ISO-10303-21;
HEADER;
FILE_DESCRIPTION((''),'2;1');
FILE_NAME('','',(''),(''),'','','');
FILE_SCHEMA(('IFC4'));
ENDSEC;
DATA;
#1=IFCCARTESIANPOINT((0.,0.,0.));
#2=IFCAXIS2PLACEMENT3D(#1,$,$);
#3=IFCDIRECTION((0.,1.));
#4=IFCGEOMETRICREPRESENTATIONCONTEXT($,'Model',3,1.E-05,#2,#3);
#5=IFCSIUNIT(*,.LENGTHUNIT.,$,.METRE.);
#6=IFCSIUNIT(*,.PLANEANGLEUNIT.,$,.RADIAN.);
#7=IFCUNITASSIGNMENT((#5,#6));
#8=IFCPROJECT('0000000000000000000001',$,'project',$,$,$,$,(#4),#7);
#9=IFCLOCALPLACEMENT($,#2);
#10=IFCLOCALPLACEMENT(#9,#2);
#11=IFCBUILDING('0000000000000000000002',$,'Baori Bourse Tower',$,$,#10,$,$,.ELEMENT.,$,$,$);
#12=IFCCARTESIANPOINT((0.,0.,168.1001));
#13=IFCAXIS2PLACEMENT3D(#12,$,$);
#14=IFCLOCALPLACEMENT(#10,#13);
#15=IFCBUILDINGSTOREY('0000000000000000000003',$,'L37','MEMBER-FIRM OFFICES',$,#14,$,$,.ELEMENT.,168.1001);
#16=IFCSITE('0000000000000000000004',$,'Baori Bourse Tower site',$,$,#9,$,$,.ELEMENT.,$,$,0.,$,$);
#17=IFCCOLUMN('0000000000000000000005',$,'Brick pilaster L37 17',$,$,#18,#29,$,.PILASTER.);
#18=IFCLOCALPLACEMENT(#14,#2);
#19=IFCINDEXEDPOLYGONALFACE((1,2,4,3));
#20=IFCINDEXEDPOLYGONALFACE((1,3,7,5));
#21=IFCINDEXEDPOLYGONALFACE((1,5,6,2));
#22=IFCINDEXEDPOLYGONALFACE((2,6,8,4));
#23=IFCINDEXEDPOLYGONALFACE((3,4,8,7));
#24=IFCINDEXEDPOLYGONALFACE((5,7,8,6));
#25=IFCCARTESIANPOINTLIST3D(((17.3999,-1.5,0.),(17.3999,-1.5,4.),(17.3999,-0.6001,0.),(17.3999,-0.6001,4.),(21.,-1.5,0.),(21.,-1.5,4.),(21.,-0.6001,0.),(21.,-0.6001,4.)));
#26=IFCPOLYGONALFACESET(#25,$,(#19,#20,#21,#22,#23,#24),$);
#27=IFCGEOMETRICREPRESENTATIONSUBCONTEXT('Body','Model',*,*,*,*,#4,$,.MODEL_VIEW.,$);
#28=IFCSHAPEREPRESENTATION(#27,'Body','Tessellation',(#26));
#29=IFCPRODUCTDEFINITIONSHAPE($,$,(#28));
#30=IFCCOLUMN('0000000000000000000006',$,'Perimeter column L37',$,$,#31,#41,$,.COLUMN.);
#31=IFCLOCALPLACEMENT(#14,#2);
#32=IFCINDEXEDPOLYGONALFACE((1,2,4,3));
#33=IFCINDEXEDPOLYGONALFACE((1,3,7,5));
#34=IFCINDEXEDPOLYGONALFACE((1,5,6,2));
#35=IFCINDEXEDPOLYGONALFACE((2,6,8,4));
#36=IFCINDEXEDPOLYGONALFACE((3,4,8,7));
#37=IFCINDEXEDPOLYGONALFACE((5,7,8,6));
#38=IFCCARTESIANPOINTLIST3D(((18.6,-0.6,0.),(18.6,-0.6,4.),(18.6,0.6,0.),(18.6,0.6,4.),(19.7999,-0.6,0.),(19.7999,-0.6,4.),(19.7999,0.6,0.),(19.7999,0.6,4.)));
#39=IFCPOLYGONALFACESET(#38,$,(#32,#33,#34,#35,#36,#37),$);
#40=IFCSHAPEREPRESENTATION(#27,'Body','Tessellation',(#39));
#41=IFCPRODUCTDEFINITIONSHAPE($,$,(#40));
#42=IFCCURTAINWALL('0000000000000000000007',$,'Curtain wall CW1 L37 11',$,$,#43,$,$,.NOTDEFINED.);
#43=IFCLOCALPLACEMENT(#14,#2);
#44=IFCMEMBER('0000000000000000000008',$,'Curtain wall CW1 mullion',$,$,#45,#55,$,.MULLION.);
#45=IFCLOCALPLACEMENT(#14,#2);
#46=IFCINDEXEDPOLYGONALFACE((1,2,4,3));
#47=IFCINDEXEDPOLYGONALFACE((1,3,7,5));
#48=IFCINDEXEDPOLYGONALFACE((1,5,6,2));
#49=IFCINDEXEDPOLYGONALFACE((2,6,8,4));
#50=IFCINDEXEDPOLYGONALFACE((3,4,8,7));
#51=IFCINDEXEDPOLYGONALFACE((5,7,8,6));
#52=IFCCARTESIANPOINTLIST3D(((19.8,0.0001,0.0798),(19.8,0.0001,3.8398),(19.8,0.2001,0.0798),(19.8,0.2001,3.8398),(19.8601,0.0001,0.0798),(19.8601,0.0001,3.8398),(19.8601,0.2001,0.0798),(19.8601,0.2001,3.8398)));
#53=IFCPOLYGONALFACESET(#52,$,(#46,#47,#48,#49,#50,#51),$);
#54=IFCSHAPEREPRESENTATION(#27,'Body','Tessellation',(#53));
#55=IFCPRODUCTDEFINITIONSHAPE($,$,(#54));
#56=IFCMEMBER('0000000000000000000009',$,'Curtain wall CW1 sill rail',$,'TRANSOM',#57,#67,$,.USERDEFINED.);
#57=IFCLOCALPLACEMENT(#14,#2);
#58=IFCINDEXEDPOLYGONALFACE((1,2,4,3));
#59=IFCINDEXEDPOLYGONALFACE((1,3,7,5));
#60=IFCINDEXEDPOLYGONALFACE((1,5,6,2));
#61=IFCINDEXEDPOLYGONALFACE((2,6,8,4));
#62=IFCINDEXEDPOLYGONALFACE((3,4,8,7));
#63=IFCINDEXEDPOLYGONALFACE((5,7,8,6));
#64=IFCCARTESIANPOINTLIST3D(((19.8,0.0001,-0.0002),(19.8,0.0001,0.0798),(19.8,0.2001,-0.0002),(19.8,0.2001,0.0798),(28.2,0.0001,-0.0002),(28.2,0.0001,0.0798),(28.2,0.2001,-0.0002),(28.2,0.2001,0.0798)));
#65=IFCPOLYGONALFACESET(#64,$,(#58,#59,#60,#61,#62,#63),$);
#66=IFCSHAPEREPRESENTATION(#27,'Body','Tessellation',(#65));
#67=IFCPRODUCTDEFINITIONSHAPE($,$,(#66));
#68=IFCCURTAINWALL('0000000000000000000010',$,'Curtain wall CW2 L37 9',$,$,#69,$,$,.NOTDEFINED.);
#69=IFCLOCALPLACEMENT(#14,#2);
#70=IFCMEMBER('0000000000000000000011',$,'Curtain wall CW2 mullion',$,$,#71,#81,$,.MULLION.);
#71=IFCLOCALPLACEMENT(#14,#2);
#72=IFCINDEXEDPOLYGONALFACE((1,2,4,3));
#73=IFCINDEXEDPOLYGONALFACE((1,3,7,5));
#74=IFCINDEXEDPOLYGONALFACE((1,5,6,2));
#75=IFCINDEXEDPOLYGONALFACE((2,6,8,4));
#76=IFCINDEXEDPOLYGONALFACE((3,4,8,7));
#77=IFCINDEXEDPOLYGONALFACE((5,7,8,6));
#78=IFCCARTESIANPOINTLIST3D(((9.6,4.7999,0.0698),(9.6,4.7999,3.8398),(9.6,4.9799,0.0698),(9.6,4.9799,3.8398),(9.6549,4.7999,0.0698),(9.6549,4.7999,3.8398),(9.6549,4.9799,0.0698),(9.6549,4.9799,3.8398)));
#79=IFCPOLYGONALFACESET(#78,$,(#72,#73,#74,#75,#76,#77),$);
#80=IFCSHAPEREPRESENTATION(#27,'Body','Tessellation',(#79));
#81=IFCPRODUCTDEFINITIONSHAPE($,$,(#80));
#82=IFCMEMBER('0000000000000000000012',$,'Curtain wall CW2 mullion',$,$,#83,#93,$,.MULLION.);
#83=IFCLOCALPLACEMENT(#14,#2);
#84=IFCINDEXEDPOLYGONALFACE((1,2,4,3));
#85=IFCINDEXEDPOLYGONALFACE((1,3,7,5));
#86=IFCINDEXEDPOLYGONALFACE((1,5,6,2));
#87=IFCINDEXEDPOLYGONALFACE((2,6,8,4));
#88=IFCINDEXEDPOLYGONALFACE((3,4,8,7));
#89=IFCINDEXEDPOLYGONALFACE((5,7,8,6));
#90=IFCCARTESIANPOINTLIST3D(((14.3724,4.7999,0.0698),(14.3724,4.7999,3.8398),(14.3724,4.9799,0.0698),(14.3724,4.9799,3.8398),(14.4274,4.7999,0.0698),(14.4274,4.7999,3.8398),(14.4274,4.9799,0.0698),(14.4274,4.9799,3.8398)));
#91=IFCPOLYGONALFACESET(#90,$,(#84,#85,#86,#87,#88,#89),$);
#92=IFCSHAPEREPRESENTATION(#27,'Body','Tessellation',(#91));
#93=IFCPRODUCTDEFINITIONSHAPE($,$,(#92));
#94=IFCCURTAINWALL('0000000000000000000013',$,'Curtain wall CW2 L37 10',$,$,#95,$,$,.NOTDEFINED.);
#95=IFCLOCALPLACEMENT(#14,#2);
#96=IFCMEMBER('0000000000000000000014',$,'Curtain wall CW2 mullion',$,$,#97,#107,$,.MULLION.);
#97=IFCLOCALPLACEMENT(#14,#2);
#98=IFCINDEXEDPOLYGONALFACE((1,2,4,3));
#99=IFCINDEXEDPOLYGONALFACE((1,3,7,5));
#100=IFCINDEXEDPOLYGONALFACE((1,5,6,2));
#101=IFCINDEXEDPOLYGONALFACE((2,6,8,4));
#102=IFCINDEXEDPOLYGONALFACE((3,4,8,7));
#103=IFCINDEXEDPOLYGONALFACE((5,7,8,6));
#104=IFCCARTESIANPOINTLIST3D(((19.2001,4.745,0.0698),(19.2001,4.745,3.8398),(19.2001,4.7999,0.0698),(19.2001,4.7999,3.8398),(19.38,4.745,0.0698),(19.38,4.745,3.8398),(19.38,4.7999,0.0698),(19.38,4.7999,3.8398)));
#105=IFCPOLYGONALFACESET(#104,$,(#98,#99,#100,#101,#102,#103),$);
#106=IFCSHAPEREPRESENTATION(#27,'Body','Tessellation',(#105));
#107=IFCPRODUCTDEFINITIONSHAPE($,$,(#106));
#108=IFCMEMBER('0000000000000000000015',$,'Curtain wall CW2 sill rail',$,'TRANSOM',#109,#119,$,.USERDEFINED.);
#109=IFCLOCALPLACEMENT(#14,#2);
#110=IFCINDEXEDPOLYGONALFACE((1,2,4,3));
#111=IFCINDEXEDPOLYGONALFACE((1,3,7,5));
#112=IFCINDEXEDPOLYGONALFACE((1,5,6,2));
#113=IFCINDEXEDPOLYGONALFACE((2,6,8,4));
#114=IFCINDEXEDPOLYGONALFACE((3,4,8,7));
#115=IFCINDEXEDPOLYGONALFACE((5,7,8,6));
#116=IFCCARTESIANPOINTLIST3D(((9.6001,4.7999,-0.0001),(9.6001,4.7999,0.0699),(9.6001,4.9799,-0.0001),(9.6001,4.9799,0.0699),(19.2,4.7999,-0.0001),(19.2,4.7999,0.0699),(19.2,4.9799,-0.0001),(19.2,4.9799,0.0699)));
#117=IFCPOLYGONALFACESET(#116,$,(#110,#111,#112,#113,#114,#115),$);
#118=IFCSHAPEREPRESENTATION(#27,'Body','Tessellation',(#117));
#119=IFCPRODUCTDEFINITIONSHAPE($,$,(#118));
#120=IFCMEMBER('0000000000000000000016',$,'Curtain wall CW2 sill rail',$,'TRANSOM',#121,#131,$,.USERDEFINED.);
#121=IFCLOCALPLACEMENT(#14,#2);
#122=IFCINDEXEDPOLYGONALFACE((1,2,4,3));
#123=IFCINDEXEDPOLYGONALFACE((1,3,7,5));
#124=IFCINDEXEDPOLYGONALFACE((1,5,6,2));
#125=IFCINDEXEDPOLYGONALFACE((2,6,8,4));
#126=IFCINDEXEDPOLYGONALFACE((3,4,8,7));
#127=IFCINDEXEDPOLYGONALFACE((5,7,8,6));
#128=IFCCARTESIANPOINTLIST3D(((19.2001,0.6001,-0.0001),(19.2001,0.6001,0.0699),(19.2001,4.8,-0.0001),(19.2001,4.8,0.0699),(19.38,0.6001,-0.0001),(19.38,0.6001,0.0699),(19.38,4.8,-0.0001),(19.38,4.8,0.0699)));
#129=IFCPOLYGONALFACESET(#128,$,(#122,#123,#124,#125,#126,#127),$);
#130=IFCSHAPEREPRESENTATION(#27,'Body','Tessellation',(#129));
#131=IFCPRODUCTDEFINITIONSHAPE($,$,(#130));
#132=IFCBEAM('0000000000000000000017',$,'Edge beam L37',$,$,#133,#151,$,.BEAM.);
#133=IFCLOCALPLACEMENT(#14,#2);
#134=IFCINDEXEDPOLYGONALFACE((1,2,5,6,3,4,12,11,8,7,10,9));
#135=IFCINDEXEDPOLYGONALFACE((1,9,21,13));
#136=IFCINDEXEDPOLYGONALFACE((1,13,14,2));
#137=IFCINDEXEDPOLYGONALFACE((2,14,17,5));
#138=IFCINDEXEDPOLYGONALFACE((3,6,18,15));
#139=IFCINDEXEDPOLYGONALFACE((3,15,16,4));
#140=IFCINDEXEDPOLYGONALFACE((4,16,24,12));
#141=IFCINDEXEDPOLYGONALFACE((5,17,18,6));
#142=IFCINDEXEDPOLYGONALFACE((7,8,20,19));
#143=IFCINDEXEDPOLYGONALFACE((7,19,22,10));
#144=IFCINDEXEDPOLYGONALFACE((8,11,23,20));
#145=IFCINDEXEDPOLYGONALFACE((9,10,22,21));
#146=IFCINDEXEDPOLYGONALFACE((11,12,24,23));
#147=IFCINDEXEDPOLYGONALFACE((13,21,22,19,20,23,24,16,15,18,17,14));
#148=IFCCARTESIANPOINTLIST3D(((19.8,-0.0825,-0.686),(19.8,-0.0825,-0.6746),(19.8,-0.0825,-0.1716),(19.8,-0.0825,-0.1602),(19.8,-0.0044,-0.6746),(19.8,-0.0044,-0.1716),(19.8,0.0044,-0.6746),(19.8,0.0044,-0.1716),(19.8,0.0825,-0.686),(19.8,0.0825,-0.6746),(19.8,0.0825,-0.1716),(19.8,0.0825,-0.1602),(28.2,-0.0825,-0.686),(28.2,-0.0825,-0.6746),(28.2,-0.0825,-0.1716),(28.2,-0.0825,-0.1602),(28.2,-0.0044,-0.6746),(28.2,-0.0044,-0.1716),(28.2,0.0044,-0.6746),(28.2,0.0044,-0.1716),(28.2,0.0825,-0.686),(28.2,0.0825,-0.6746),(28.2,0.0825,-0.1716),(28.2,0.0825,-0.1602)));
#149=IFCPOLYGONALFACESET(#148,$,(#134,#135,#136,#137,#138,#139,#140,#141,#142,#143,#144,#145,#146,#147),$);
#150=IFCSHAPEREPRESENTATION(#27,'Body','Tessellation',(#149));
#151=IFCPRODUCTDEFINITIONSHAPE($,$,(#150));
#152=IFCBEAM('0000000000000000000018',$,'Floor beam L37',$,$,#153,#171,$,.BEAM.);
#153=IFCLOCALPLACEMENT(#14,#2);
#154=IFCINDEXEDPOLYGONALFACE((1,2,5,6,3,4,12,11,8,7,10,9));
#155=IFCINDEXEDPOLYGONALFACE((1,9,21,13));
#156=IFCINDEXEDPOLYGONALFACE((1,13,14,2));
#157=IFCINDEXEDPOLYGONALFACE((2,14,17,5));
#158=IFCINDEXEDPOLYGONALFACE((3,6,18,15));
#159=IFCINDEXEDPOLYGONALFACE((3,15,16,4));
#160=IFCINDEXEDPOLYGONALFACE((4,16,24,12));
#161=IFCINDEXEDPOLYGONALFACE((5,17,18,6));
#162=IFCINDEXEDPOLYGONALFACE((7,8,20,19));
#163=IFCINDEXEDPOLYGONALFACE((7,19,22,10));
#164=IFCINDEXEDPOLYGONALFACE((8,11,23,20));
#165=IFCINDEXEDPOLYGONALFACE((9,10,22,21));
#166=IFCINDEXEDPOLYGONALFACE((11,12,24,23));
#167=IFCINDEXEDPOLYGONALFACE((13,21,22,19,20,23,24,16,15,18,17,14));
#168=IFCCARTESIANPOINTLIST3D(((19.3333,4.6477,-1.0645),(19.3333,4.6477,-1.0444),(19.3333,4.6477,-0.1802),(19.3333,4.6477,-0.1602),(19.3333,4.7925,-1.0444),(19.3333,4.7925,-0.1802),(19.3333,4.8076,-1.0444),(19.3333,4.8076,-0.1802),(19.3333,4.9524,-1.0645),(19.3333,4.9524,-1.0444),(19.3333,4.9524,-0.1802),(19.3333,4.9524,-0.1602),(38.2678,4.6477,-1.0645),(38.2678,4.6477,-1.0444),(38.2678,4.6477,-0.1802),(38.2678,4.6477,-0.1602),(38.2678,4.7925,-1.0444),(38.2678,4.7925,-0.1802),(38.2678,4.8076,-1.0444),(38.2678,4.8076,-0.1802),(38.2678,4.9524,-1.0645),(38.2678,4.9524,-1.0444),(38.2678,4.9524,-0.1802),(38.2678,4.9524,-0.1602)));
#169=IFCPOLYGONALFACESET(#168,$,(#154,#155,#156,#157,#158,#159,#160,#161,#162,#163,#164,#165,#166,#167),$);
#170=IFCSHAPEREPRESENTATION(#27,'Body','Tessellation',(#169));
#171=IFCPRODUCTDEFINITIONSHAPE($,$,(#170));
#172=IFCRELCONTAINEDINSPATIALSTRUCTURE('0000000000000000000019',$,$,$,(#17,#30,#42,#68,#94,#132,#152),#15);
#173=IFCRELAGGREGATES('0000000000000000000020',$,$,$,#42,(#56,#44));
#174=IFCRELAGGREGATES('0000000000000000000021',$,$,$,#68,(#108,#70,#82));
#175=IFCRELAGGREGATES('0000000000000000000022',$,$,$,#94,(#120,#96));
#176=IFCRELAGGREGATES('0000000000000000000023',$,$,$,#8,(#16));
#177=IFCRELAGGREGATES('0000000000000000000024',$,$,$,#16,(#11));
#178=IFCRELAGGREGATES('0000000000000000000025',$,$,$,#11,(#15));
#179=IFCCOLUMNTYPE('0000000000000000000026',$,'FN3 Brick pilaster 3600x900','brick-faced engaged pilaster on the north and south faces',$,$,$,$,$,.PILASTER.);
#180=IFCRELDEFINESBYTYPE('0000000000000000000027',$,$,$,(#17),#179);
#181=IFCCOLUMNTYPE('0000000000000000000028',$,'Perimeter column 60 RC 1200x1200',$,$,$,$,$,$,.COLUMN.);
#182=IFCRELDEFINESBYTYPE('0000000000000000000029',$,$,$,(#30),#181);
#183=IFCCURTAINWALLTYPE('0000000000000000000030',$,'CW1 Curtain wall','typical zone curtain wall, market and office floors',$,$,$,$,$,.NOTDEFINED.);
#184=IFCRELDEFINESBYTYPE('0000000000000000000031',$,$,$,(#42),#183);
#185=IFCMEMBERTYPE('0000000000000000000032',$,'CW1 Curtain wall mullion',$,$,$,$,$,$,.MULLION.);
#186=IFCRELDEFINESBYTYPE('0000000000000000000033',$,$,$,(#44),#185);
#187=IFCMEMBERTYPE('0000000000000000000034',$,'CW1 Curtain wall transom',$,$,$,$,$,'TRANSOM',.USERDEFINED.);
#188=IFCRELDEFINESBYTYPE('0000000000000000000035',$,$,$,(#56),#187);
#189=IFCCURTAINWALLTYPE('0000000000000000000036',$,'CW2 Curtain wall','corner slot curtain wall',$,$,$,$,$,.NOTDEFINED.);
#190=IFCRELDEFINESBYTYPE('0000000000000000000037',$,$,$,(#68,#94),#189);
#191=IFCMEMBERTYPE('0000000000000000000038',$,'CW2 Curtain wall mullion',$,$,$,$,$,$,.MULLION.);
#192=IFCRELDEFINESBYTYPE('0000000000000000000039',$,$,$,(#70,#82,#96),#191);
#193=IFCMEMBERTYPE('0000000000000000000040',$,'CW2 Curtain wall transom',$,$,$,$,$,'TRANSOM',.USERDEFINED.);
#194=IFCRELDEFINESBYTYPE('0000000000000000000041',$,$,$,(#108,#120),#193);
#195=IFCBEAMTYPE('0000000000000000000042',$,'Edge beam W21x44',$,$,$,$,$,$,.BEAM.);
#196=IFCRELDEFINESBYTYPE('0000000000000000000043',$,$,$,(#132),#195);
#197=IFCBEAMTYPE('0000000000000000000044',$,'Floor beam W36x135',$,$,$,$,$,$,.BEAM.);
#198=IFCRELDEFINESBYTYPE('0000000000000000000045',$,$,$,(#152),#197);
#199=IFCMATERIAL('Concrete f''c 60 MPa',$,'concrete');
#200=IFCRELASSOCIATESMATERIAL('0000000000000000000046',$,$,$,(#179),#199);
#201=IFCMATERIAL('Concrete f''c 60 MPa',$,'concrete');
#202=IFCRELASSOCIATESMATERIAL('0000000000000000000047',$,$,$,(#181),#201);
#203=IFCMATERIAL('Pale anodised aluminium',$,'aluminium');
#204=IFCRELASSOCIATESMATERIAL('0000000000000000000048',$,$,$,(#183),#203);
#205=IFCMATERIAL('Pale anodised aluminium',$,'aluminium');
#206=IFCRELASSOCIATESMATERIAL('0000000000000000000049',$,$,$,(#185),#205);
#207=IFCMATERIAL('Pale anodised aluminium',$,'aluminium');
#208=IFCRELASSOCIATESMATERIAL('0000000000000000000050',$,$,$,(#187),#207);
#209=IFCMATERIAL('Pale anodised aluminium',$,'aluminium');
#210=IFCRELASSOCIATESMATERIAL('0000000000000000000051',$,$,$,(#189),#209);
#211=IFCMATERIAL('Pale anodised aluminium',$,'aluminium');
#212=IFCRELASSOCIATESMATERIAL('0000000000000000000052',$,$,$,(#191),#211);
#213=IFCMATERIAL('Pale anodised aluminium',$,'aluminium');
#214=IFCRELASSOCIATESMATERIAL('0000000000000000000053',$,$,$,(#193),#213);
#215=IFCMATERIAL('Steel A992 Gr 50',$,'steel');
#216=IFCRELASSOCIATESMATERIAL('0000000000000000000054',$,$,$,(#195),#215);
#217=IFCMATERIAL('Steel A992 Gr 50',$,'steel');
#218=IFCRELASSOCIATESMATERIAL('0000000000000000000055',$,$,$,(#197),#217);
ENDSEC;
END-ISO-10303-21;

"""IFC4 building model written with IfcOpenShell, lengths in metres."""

from ifc_helpers import new_model, si_unit, direction, frame, origin, origin_2d, place, context, subcontext, project, spatial, rectangle, i_section, extrude, material, material_profile, profile_set, type_object, element, aggregate, save


model = new_model("IFC4")

# Units and contexts
model_context = context("Model", 3, precision=1e-05, world=origin(), true_north=direction((0.0, 1.0)))
body_context = subcontext(model_context, "Body", "Model", "MODEL_VIEW")
ifc_project = project(units=[si_unit("LENGTHUNIT", "METRE"), si_unit("PLANEANGLEUNIT", "RADIAN")], contexts=[model_context])

# Site, building, storey
site_placement = place(None, origin())
site = spatial("IfcSite", under=ifc_project, at=site_placement, Name="Baori Bourse Tower site", CompositionType="ELEMENT", RefElevation=0.0)
building_placement = place(site_placement, origin())
building = spatial("IfcBuilding", under=site, at=building_placement, Name="Baori Bourse Tower", CompositionType="ELEMENT")
storey_placement = place(building_placement, frame((0.0, 0.0, 168.1001)))
storey = spatial("IfcBuildingStorey", under=building, at=storey_placement, Name="L37", Description="MEMBER-FIRM OFFICES", CompositionType="ELEMENT", Elevation=168.1001)

# Columns
ifc_material_1 = material(Name="Concrete f'c 60 MPa", Category="concrete")
ifc_material_profile_1 = material_profile(ifc_material_1, rectangle(XDim=3.6001, YDim=0.8999, at=origin_2d()), Name="RC 3600x900")
ifc_profile_set_1 = profile_set([ifc_material_profile_1], Name="Concrete f'c 60 MPa")
column_type_1 = type_object("IfcColumnType", Name="FN3 Brick pilaster 3600x900", Description="brick-faced engaged pilaster on the north and south faces", PredefinedType="PILASTER", material=ifc_profile_set_1)
column_1_placement = place(storey_placement, frame((19.2, -1.05, 0.0), z_axis=(0.0, 0.0, 1.0), x_axis=(1.0, 0.0, 0.0)))
element("IfcColumn", 1, at=column_1_placement, inside=storey, type_object=column_type_1, Name="Brick pilaster L37 17", PredefinedType="PILASTER", context=body_context, shape_type="SweptSolid", body=[
    extrude(rectangle(XDim=3.6001, YDim=0.8999, at=origin_2d()), origin(), (0.0, 0.0, 1.0), 4.0),
])
ifc_material_2 = material(Name="Concrete f'c 60 MPa", Category="concrete")
ifc_material_profile_2 = material_profile(ifc_material_2, rectangle(XDim=1.2, YDim=1.2, at=origin_2d()), Name="RC 1200x1200")
ifc_profile_set_2 = profile_set([ifc_material_profile_2], Name="Concrete f'c 60 MPa")
column_type_2 = type_object("IfcColumnType", Name="Perimeter column 60 RC 1200x1200", PredefinedType="COLUMN", material=ifc_profile_set_2)
column_2_placement = place(storey_placement, frame((19.2, 0.0, 0.0), z_axis=(0.0, 0.0, 1.0), x_axis=(1.0, 0.0, 0.0)))
element("IfcColumn", 2, at=column_2_placement, inside=storey, type_object=column_type_2, Name="Perimeter column L37", PredefinedType="COLUMN", context=body_context, shape_type="SweptSolid", body=[
    extrude(rectangle(XDim=1.2, YDim=1.2, at=origin_2d()), origin(), (0.0, 0.0, 1.0), 4.0),
])

# Curtain walls, members
ifc_material_3 = material(Name="Pale anodised aluminium", Category="aluminium")
curtain_wall_type_1 = type_object("IfcCurtainWallType", Name="CW1 Curtain wall", Description="typical zone curtain wall, market and office floors", PredefinedType="NOTDEFINED", material=ifc_material_3)
curtain_wall_1_placement = place(storey_placement, origin())
curtain_wall_1 = element("IfcCurtainWall", 3, at=curtain_wall_1_placement, inside=storey, type_object=curtain_wall_type_1, Name="Curtain wall CW1 L37 11", PredefinedType="NOTDEFINED")
ifc_material_4 = material(Name="Pale anodised aluminium", Category="aluminium")
ifc_material_profile_3 = material_profile(ifc_material_4, rectangle(XDim=0.2, YDim=0.0601, at=origin_2d()), Name="Mullion 60x200")
ifc_profile_set_3 = profile_set([ifc_material_profile_3], Name="Pale anodised aluminium")
member_type_1 = type_object("IfcMemberType", Name="CW1 Curtain wall mullion", PredefinedType="MULLION", material=ifc_profile_set_3)
member_1_placement = place(storey_placement, frame((19.8301, 0.1001, 0.0798), z_axis=(0.0, 0.0, 1.0), x_axis=(0.0, 1.0, 0.0)))
member_1 = element("IfcMember", 4, at=member_1_placement, type_object=member_type_1, Name="Curtain wall CW1 mullion", PredefinedType="MULLION", context=body_context, shape_type="SweptSolid", body=[
    extrude(rectangle(XDim=0.2, YDim=0.0601, at=origin_2d()), origin(), (0.0, 0.0, 1.0), 3.76),
])
ifc_material_5 = material(Name="Pale anodised aluminium", Category="aluminium")
ifc_material_profile_4 = material_profile(ifc_material_5, rectangle(XDim=0.2, YDim=0.0801, at=origin_2d()), Name="Transom 80x200")
ifc_profile_set_4 = profile_set([ifc_material_profile_4], Name="Pale anodised aluminium")
member_type_2 = type_object("IfcMemberType", Name="CW1 Curtain wall transom", ElementType="TRANSOM", PredefinedType="USERDEFINED", material=ifc_profile_set_4)
member_2_placement = place(storey_placement, frame((19.8, 0.1001, 0.0398), z_axis=(1.0, 0.0, 0.0), x_axis=(0.0, 1.0, 0.0)))
member_2 = element("IfcMember", 5, at=member_2_placement, type_object=member_type_2, Name="Curtain wall CW1 sill rail", ObjectType="TRANSOM", PredefinedType="USERDEFINED", context=body_context, shape_type="SweptSolid", body=[
    extrude(rectangle(XDim=0.2, YDim=0.0801, at=origin_2d()), origin(), (0.0, 0.0, 1.0), 8.3999),
])
aggregate(curtain_wall_1, [member_2, member_1])
ifc_material_6 = material(Name="Pale anodised aluminium", Category="aluminium")
curtain_wall_type_2 = type_object("IfcCurtainWallType", Name="CW2 Curtain wall", Description="corner slot curtain wall", PredefinedType="NOTDEFINED", material=ifc_material_6)
curtain_wall_2_placement = place(storey_placement, origin())
curtain_wall_2 = element("IfcCurtainWall", 6, at=curtain_wall_2_placement, inside=storey, type_object=curtain_wall_type_2, Name="Curtain wall CW2 L37 9", PredefinedType="NOTDEFINED")
ifc_material_7 = material(Name="Pale anodised aluminium", Category="aluminium")
ifc_material_profile_5 = material_profile(ifc_material_7, rectangle(XDim=0.1799, YDim=0.0549, at=origin_2d()), Name="Mullion 55x180")
ifc_profile_set_5 = profile_set([ifc_material_profile_5], Name="Pale anodised aluminium")
member_type_3 = type_object("IfcMemberType", Name="CW2 Curtain wall mullion", PredefinedType="MULLION", material=ifc_profile_set_5)
member_3_placement = place(storey_placement, frame((9.6274, 4.8899, 0.0698), z_axis=(0.0, 0.0, 1.0), x_axis=(0.0, 1.0, 0.0)))
member_3 = element("IfcMember", 7, at=member_3_placement, type_object=member_type_3, Name="Curtain wall CW2 mullion", PredefinedType="MULLION", context=body_context, shape_type="SweptSolid", body=[
    extrude(rectangle(XDim=0.1799, YDim=0.0549, at=origin_2d()), origin(), (0.0, 0.0, 1.0), 3.77),
])
member_4_placement = place(storey_placement, frame((14.3999, 4.8899, 0.0698), z_axis=(0.0, 0.0, 1.0), x_axis=(0.0, 1.0, 0.0)))
member_4 = element("IfcMember", 8, at=member_4_placement, type_object=member_type_3, Name="Curtain wall CW2 mullion", PredefinedType="MULLION", context=body_context, shape_type="SweptSolid", body=[
    extrude(rectangle(XDim=0.1799, YDim=0.0549, at=origin_2d()), origin(), (0.0, 0.0, 1.0), 3.77),
])

# Curtain wall, member
curtain_wall_3_placement = place(storey_placement, origin())
curtain_wall_3 = element("IfcCurtainWall", 9, at=curtain_wall_3_placement, inside=storey, type_object=curtain_wall_type_2, Name="Curtain wall CW2 L37 10", PredefinedType="NOTDEFINED")
member_5_placement = place(storey_placement, frame((19.29, 4.7725, 0.0698), z_axis=(0.0, 0.0, 1.0), x_axis=(1.0, 0.0, 0.0)))
member_5 = element("IfcMember", 10, at=member_5_placement, type_object=member_type_3, Name="Curtain wall CW2 mullion", PredefinedType="MULLION", context=body_context, shape_type="SweptSolid", body=[
    extrude(rectangle(XDim=0.1799, YDim=0.0549, at=origin_2d()), origin(), (0.0, 0.0, 1.0), 3.77),
])

# Members
ifc_material_8 = material(Name="Pale anodised aluminium", Category="aluminium")
ifc_material_profile_6 = material_profile(ifc_material_8, rectangle(XDim=0.1799, YDim=0.0701, at=origin_2d()), Name="Transom 70x180")
ifc_profile_set_6 = profile_set([ifc_material_profile_6], Name="Pale anodised aluminium")
member_type_4 = type_object("IfcMemberType", Name="CW2 Curtain wall transom", ElementType="TRANSOM", PredefinedType="USERDEFINED", material=ifc_profile_set_6)
member_6_placement = place(storey_placement, frame((9.6001, 4.8899, 0.0349), z_axis=(1.0, 0.0, 0.0), x_axis=(0.0, 1.0, 0.0)))
member_6 = element("IfcMember", 11, at=member_6_placement, type_object=member_type_4, Name="Curtain wall CW2 sill rail", ObjectType="TRANSOM", PredefinedType="USERDEFINED", context=body_context, shape_type="SweptSolid", body=[
    extrude(rectangle(XDim=0.1799, YDim=0.0701, at=origin_2d()), origin(), (0.0, 0.0, 1.0), 9.5999),
])
member_7_placement = place(storey_placement, frame((19.29, 4.8, 0.0349), z_axis=(0.0, -1.0, 0.0), x_axis=(1.0, 0.0, 0.0)))
member_7 = element("IfcMember", 12, at=member_7_placement, type_object=member_type_4, Name="Curtain wall CW2 sill rail", ObjectType="TRANSOM", PredefinedType="USERDEFINED", context=body_context, shape_type="SweptSolid", body=[
    extrude(rectangle(XDim=0.1799, YDim=0.0701, at=origin_2d()), origin(), (0.0, 0.0, 1.0), 4.2),
])

# Beams
ifc_material_9 = material(Name="Steel A992 Gr 50", Category="steel")
ifc_material_profile_7 = material_profile(ifc_material_9, i_section(OverallWidth=0.165, OverallDepth=0.5259, WebThickness=0.0088, FlangeThickness=0.0115, at=origin_2d()), Name="W21x44")
ifc_profile_set_7 = profile_set([ifc_material_profile_7], Name="Steel A992 Gr 50")
beam_type_1 = type_object("IfcBeamType", Name="Edge beam W21x44", PredefinedType="BEAM", material=ifc_profile_set_7)
beam_1_placement = place(storey_placement, frame((19.8, 0.0, -0.4231), z_axis=(1.0, 0.0, 0.0), x_axis=(0.0, 1.0, 0.0)))
element("IfcBeam", 13, at=beam_1_placement, inside=storey, type_object=beam_type_1, Name="Edge beam L37", PredefinedType="BEAM", context=body_context, shape_type="SweptSolid", body=[
    extrude(i_section(OverallWidth=0.165, OverallDepth=0.5259, WebThickness=0.0088, FlangeThickness=0.0115, at=origin_2d()), origin(), (0.0, 0.0, 1.0), 8.3999),
])
ifc_material_10 = material(Name="Steel A992 Gr 50", Category="steel")
ifc_material_profile_8 = material_profile(ifc_material_10, i_section(OverallWidth=0.3047, OverallDepth=0.9043, WebThickness=0.0151, FlangeThickness=0.02, at=origin_2d()), Name="W36x135")
ifc_profile_set_8 = profile_set([ifc_material_profile_8], Name="Steel A992 Gr 50")
beam_type_2 = type_object("IfcBeamType", Name="Floor beam W36x135", PredefinedType="BEAM", material=ifc_profile_set_8)
beam_2_placement = place(storey_placement, frame((19.3333, 4.8, -0.6123), z_axis=(1.0, 0.0, 0.0), x_axis=(0.0, 1.0, 0.0)))
element("IfcBeam", 14, at=beam_2_placement, inside=storey, type_object=beam_type_2, Name="Floor beam L37", PredefinedType="BEAM", context=body_context, shape_type="SweptSolid", body=[
    extrude(i_section(OverallWidth=0.3047, OverallDepth=0.9043, WebThickness=0.0151, FlangeThickness=0.02, at=origin_2d()), origin(), (0.0, 0.0, 1.0), 18.9346),
])

aggregate(curtain_wall_2, [member_6, member_3, member_4])
aggregate(curtain_wall_3, [member_7, member_5])

save(model, "model.ifc")
